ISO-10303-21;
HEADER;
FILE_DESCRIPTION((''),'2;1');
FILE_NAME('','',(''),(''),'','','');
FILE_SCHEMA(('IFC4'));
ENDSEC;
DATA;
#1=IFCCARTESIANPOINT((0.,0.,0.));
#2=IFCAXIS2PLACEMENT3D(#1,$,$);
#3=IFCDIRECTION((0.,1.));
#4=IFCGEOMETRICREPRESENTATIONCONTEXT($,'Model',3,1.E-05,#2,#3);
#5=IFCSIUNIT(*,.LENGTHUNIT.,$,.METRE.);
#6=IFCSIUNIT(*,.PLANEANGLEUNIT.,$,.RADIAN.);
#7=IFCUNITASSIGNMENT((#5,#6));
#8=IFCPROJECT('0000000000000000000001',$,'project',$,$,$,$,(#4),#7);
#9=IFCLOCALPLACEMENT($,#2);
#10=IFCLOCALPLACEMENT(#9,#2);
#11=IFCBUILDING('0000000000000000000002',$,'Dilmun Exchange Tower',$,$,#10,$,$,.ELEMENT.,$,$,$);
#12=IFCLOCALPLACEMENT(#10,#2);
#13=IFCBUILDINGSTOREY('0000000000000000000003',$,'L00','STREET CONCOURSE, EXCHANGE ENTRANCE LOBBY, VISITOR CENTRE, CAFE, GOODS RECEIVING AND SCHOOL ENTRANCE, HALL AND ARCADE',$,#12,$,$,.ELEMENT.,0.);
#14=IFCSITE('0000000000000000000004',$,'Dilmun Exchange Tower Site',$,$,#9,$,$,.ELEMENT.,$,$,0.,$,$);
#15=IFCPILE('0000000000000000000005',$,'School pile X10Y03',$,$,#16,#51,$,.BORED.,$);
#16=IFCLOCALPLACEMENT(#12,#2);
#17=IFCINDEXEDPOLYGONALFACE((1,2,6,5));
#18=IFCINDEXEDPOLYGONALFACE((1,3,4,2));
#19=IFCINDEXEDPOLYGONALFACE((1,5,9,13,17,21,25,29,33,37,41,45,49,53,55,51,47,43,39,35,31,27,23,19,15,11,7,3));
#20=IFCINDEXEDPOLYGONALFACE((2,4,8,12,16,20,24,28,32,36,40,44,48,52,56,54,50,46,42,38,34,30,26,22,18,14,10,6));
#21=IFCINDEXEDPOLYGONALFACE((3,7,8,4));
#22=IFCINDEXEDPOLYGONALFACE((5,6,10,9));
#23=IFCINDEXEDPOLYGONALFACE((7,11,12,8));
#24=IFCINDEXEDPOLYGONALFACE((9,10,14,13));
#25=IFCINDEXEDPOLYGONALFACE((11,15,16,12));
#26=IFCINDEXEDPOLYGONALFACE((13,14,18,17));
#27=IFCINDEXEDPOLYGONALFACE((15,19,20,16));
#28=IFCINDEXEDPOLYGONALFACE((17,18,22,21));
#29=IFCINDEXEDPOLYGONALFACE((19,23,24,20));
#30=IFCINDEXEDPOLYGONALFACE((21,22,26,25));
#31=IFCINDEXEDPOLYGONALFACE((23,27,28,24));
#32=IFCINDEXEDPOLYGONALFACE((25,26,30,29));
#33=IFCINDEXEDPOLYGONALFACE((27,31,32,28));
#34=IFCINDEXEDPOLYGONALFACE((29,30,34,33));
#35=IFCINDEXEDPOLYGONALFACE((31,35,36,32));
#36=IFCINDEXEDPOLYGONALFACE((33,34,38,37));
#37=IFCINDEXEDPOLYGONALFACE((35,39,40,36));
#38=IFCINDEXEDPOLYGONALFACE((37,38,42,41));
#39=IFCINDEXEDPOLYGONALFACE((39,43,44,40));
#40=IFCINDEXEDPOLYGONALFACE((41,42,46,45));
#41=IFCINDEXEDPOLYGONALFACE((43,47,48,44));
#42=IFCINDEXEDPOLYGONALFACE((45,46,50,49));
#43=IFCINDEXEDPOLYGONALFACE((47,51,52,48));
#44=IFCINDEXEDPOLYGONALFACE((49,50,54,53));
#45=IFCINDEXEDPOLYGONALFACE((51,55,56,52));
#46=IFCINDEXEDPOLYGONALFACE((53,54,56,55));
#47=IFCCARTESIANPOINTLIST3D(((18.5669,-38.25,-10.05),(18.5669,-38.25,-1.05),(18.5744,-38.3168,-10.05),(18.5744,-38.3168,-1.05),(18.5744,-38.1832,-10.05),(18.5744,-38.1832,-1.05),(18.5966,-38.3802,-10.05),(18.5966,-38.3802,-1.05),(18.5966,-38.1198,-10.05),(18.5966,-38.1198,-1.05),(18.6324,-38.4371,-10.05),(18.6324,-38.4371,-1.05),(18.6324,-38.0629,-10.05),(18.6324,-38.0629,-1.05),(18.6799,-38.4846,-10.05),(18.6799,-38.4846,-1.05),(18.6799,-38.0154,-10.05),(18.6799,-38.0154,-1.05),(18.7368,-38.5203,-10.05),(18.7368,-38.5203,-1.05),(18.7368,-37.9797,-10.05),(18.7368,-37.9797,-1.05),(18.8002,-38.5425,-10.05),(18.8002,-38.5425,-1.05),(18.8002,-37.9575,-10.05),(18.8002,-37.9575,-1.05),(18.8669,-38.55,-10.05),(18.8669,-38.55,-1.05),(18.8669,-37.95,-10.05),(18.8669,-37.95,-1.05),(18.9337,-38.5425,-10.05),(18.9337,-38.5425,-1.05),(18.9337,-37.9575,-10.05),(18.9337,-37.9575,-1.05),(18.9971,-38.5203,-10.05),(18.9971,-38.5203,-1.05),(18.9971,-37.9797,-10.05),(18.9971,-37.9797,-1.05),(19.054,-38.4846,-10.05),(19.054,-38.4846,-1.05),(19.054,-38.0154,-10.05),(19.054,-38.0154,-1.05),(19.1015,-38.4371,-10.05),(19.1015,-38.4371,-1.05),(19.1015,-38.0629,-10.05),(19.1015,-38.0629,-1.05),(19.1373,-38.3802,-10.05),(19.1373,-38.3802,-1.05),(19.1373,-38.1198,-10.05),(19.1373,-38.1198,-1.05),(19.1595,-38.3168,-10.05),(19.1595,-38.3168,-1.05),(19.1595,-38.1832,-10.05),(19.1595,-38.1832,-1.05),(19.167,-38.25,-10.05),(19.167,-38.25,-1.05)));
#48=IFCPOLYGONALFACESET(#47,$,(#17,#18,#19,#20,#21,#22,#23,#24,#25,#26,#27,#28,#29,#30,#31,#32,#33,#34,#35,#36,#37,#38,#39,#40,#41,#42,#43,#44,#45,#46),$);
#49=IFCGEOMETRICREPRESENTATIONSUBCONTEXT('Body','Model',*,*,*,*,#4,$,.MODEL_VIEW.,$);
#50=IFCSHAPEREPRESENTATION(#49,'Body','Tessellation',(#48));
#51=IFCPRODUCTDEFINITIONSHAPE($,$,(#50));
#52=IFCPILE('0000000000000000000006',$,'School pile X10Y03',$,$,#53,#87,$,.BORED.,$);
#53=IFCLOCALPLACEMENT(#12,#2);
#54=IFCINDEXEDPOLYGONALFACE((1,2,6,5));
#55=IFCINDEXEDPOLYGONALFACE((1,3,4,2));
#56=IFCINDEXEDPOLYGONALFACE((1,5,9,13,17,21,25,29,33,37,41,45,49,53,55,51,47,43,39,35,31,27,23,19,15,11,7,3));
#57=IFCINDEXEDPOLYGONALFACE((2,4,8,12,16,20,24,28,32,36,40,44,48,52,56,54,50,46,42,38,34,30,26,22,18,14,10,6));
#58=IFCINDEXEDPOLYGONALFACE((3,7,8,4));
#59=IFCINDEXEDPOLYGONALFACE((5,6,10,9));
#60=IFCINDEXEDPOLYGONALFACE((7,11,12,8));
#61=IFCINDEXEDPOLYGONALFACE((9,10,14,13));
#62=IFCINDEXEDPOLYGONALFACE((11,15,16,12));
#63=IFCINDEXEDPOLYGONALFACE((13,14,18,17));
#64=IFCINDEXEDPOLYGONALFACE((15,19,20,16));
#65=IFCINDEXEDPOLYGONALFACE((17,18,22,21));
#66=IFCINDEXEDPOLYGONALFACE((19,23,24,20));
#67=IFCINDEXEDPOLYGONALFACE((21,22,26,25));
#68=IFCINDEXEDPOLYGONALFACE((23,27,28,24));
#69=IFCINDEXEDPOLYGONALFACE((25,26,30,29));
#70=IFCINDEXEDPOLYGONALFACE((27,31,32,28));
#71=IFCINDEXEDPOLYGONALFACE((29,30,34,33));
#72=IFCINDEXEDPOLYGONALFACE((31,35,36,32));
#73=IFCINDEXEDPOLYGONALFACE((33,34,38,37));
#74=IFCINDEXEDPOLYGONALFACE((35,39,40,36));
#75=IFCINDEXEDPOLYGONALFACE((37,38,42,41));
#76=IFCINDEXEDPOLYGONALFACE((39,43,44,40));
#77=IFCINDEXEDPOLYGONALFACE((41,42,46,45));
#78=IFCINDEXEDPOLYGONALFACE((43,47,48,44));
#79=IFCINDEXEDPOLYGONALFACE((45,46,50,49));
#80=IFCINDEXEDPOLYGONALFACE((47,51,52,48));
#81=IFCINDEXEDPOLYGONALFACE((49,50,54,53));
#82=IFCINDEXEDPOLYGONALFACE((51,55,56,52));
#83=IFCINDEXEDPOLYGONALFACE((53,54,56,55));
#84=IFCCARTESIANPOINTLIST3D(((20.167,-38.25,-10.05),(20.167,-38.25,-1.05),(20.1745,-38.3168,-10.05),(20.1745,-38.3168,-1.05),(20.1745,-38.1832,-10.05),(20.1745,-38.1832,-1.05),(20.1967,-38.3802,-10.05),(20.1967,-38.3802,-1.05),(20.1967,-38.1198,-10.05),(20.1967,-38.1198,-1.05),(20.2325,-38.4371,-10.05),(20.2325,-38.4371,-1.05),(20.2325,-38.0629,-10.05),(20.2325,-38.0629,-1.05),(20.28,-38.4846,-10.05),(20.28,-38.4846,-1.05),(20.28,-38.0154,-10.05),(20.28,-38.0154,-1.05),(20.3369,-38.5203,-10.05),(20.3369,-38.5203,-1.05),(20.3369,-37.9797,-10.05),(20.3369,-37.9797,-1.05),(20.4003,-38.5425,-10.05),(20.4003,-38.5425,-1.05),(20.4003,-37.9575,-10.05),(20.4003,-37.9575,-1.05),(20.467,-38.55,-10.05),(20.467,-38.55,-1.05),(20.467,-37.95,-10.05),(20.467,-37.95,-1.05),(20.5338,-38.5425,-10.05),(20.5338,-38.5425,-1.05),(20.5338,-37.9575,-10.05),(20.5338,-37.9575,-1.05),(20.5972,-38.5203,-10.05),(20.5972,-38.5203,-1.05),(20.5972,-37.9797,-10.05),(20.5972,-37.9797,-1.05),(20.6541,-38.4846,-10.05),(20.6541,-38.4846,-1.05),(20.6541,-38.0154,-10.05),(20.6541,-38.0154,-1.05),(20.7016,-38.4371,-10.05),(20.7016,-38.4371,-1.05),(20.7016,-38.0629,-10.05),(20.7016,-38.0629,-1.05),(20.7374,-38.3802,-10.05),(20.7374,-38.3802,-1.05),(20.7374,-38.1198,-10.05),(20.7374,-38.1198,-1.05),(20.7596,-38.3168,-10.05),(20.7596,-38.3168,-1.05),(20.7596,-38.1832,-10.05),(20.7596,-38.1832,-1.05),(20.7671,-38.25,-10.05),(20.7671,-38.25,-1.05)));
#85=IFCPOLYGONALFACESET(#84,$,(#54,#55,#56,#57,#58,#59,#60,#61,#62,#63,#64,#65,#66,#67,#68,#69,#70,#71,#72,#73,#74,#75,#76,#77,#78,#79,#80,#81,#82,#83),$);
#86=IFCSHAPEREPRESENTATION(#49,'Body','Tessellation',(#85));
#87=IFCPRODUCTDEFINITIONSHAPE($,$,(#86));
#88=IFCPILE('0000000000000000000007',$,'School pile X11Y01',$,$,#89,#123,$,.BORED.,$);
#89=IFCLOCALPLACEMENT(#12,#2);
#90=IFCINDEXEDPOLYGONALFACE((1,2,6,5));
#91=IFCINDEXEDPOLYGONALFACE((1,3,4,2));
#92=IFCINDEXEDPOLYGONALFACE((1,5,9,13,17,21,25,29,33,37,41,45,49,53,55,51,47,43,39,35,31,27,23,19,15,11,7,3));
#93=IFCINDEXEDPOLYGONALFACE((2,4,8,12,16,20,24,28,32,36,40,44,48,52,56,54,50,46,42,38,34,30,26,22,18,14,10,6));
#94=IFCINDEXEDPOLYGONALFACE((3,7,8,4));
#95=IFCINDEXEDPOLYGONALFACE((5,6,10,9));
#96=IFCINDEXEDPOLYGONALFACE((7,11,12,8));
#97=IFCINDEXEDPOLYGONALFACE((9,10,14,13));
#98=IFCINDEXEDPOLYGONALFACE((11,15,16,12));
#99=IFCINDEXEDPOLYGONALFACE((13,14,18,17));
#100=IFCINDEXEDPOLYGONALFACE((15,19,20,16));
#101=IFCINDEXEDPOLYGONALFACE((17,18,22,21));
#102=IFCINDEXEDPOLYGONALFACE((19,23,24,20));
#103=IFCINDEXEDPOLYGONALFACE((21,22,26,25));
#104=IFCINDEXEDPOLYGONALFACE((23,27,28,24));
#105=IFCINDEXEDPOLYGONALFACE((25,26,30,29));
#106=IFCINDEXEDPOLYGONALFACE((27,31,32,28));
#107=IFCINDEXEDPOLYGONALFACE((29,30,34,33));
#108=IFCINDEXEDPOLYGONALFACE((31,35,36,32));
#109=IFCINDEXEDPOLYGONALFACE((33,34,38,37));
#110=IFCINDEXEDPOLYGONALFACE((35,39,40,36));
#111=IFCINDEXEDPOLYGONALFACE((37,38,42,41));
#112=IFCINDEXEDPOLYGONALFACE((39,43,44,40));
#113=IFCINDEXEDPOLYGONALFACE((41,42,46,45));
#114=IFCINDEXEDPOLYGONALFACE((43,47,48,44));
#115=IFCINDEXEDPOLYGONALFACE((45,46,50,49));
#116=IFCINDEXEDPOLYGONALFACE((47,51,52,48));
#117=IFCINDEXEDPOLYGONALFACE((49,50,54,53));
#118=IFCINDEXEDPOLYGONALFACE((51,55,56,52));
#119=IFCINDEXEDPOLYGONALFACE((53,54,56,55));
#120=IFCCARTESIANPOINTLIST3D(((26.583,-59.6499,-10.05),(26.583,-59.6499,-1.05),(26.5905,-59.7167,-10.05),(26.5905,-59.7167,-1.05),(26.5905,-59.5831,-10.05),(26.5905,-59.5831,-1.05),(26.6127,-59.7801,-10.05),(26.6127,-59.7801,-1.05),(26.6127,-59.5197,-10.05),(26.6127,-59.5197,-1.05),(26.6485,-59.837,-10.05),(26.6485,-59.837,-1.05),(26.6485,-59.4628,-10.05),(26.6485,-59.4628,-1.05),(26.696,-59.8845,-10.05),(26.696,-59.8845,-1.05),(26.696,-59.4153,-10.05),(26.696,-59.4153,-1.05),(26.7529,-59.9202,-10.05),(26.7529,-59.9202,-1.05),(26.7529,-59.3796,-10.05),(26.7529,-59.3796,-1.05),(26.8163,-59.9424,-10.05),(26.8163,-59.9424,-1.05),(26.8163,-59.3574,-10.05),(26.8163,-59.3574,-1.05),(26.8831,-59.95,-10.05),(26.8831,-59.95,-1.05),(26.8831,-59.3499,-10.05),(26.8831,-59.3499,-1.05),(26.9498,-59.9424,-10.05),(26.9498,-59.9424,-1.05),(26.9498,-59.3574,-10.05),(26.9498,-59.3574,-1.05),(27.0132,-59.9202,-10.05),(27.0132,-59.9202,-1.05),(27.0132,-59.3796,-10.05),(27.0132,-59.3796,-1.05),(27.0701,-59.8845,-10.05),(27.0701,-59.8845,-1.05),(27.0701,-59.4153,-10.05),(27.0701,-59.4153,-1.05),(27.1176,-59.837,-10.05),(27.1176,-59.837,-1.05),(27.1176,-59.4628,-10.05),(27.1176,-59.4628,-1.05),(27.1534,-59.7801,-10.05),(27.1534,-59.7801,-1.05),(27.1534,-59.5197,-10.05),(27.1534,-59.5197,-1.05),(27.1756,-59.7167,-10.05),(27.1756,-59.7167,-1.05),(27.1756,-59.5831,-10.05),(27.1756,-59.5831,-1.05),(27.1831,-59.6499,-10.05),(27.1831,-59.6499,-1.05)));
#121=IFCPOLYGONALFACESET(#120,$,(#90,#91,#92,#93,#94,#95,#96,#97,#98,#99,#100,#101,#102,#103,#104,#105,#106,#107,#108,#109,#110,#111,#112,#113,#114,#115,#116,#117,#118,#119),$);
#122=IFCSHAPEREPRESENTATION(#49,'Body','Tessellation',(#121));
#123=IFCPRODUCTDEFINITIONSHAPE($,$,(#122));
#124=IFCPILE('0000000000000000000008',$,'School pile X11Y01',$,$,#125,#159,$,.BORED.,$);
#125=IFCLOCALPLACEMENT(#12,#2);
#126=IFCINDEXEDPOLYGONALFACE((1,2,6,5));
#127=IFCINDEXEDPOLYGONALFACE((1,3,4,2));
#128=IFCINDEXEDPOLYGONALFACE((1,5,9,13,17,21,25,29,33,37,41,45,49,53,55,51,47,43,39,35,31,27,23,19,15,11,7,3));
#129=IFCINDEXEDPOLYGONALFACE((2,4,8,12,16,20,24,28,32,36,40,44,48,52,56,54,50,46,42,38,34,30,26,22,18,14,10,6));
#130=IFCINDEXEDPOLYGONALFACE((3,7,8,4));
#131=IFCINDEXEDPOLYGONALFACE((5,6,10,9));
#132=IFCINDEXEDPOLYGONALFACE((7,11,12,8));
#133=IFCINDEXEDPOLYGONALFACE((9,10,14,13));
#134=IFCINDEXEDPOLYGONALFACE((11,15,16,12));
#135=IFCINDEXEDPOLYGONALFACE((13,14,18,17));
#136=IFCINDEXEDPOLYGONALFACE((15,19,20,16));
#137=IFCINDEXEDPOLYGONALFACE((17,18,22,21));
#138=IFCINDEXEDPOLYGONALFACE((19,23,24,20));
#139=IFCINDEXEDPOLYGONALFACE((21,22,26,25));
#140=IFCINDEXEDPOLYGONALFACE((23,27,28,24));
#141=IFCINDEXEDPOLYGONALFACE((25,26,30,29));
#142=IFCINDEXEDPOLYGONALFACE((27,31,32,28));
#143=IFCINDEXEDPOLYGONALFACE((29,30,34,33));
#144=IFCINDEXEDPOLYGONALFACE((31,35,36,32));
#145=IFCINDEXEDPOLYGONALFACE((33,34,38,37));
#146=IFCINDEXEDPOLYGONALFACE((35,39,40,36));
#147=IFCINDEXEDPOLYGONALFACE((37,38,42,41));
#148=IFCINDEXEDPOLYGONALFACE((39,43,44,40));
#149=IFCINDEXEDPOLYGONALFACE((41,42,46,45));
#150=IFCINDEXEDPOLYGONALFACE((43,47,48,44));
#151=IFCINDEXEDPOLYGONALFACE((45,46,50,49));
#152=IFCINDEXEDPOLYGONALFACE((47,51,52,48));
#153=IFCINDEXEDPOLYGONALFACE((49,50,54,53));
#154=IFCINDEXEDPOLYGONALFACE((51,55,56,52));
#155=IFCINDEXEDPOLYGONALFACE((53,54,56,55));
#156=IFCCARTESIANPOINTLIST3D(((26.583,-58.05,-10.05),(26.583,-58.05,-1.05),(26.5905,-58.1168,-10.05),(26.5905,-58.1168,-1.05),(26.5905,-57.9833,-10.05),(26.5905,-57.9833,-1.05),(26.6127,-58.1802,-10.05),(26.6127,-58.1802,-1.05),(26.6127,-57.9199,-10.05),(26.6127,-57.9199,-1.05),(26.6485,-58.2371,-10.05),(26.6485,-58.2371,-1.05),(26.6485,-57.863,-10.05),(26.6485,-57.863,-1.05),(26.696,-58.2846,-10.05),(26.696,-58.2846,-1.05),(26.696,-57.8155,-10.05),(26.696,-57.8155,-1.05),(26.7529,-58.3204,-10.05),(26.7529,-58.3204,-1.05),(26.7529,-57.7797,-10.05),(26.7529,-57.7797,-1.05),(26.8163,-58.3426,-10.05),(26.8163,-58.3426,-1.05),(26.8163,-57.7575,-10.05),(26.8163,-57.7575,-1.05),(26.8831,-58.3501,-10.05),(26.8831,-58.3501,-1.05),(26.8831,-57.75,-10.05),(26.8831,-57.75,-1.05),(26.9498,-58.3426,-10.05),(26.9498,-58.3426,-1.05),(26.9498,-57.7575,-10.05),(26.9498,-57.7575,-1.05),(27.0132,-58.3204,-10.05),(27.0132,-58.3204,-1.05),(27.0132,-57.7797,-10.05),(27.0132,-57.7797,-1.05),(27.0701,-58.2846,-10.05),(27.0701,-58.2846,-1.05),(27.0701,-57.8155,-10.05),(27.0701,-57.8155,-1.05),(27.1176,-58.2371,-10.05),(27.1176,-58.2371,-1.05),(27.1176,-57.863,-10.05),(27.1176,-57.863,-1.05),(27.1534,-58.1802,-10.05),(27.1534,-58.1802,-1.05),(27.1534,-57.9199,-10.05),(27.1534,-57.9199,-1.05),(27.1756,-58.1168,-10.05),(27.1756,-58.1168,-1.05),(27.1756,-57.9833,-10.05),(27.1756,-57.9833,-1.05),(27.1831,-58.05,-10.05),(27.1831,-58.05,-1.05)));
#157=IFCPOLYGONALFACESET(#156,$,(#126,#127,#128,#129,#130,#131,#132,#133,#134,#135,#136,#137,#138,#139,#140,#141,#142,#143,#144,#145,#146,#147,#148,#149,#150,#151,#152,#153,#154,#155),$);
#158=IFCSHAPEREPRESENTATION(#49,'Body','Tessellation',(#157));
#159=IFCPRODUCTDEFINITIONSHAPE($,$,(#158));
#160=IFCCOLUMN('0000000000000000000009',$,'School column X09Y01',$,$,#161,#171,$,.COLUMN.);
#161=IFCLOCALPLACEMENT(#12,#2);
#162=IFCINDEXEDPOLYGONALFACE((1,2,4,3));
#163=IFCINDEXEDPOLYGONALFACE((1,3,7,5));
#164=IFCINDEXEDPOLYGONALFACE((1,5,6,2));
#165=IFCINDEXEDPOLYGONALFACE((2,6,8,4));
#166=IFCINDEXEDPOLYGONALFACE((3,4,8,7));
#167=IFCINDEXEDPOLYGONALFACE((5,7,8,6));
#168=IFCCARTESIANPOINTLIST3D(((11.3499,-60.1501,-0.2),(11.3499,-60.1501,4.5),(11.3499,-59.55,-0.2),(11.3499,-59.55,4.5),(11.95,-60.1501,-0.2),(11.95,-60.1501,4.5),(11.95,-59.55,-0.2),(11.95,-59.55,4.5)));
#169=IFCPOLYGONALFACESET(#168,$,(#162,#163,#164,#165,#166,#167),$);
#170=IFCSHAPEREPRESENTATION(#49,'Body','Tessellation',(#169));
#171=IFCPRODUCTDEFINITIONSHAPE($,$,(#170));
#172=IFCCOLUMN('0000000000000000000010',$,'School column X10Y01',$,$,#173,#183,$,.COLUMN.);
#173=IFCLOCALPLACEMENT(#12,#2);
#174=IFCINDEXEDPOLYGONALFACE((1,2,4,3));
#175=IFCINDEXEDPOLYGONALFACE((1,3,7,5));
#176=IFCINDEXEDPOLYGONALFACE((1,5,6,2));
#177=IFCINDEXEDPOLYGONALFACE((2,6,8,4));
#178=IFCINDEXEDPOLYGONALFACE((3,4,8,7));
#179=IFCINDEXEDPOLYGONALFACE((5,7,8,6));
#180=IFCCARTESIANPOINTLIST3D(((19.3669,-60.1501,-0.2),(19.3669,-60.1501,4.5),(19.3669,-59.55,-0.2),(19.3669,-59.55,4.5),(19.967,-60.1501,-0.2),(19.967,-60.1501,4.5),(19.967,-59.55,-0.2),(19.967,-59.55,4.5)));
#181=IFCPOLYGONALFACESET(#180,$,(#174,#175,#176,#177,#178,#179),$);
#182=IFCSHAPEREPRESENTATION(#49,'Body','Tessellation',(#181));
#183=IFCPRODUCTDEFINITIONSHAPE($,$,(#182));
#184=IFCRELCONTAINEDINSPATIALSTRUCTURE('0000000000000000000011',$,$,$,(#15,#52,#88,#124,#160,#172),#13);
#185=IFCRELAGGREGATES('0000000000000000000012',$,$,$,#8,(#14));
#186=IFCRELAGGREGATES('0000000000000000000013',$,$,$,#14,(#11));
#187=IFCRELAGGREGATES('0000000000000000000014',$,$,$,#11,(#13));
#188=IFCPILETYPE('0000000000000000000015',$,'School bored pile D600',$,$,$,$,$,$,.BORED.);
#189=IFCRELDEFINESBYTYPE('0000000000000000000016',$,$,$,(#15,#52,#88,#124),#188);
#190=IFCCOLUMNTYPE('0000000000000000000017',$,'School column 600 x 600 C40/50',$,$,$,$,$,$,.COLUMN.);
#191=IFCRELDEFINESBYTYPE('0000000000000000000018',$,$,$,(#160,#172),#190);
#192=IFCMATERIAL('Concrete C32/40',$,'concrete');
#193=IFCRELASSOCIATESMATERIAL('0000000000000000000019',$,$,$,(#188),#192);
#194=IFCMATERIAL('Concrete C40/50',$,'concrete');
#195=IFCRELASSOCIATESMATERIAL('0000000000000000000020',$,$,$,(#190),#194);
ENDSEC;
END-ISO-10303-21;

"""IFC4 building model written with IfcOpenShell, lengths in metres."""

from ifc_helpers import new_model, si_unit, direction, frame, origin, origin_2d, place, context, subcontext, project, spatial, rectangle, circle, extrude, material, material_profile, profile_set, type_object, element, save


model = new_model("IFC4")

# Units and contexts
model_context = context("Model", 3, precision=1e-05, world=origin(), true_north=direction((0.0, 1.0)))
body_context = subcontext(model_context, "Body", "Model", "MODEL_VIEW")
ifc_project = project(units=[si_unit("LENGTHUNIT", "METRE"), si_unit("PLANEANGLEUNIT", "RADIAN")], contexts=[model_context])

# Site, building, storey
site_placement = place(None, origin())
site = spatial("IfcSite", under=ifc_project, at=site_placement, Name="Dilmun Exchange Tower Site", CompositionType="ELEMENT", RefElevation=0.0)
building_placement = place(site_placement, origin())
building = spatial("IfcBuilding", under=site, at=building_placement, Name="Dilmun Exchange Tower", CompositionType="ELEMENT")
storey_placement = place(building_placement, origin())
storey = spatial("IfcBuildingStorey", under=building, at=storey_placement, Name="L00", Description="STREET CONCOURSE, EXCHANGE ENTRANCE LOBBY, VISITOR CENTRE, CAFE, GOODS RECEIVING AND SCHOOL ENTRANCE, HALL AND ARCADE", CompositionType="ELEMENT", Elevation=0.0)

# Piles
ifc_material_1 = material(Name="Concrete C32/40", Category="concrete")
ifc_material_profile_1 = material_profile(ifc_material_1, circle(Radius=0.3, at=origin_2d()), Name="D600")
ifc_profile_set_1 = profile_set([ifc_material_profile_1], Name="Concrete C32/40")
pile_type = type_object("IfcPileType", Name="School bored pile D600", PredefinedType="BORED", material=ifc_profile_set_1)
for number, where, z_axis, x_axis, name in (
    (1, (18.8669, -38.25, -1.05), (0.0, 0.0, -1.0), (1.0, 0.0, 0.0), "School pile X10Y03"),
    (2, (20.467, -38.25, -1.05), (0.0, 0.0, -1.0), (1.0, 0.0, 0.0), "School pile X10Y03"),
    (3, (26.8831, -59.6499, -1.05), (0.0, 0.0, -1.0), (1.0, 0.0, 0.0), "School pile X11Y01"),
    (4, (26.8831, -58.05, -1.05), (0.0, 0.0, -1.0), (1.0, 0.0, 0.0), "School pile X11Y01"),
):
    element("IfcPile", number, at=place(storey_placement, frame(where, z_axis=z_axis, x_axis=x_axis)), inside=storey, type_object=pile_type, Name=name, PredefinedType="BORED", context=body_context, shape_type="SweptSolid", body=[
        extrude(circle(Radius=0.3, at=origin_2d()), origin(), (0.0, 0.0, 1.0), 9.0),
    ])

# Columns
ifc_material_2 = material(Name="Concrete C40/50", Category="concrete")
ifc_material_profile_2 = material_profile(ifc_material_2, rectangle(XDim=0.6001, YDim=0.6001, at=origin_2d()), Name="600 x 600")
ifc_profile_set_2 = profile_set([ifc_material_profile_2], Name="Concrete C40/50")
column_type = type_object("IfcColumnType", Name="School column 600 x 600 C40/50", PredefinedType="COLUMN", material=ifc_profile_set_2)
for number, where, z_axis, x_axis, name in (
    (5, (11.6499, -59.8501, -0.2), (0.0, 0.0, 1.0), (1.0, 0.0, 0.0), "School column X09Y01"),
    (6, (19.667, -59.8501, -0.2), (0.0, 0.0, 1.0), (1.0, 0.0, 0.0), "School column X10Y01"),
):
    element("IfcColumn", number, at=place(storey_placement, frame(where, z_axis=z_axis, x_axis=x_axis)), inside=storey, type_object=column_type, Name=name, PredefinedType="COLUMN", context=body_context, shape_type="SweptSolid", body=[
        extrude(rectangle(XDim=0.6001, YDim=0.6001, at=origin_2d()), origin(), (0.0, 0.0, 1.0), 4.7),
    ])

save(model, "model.ifc")
